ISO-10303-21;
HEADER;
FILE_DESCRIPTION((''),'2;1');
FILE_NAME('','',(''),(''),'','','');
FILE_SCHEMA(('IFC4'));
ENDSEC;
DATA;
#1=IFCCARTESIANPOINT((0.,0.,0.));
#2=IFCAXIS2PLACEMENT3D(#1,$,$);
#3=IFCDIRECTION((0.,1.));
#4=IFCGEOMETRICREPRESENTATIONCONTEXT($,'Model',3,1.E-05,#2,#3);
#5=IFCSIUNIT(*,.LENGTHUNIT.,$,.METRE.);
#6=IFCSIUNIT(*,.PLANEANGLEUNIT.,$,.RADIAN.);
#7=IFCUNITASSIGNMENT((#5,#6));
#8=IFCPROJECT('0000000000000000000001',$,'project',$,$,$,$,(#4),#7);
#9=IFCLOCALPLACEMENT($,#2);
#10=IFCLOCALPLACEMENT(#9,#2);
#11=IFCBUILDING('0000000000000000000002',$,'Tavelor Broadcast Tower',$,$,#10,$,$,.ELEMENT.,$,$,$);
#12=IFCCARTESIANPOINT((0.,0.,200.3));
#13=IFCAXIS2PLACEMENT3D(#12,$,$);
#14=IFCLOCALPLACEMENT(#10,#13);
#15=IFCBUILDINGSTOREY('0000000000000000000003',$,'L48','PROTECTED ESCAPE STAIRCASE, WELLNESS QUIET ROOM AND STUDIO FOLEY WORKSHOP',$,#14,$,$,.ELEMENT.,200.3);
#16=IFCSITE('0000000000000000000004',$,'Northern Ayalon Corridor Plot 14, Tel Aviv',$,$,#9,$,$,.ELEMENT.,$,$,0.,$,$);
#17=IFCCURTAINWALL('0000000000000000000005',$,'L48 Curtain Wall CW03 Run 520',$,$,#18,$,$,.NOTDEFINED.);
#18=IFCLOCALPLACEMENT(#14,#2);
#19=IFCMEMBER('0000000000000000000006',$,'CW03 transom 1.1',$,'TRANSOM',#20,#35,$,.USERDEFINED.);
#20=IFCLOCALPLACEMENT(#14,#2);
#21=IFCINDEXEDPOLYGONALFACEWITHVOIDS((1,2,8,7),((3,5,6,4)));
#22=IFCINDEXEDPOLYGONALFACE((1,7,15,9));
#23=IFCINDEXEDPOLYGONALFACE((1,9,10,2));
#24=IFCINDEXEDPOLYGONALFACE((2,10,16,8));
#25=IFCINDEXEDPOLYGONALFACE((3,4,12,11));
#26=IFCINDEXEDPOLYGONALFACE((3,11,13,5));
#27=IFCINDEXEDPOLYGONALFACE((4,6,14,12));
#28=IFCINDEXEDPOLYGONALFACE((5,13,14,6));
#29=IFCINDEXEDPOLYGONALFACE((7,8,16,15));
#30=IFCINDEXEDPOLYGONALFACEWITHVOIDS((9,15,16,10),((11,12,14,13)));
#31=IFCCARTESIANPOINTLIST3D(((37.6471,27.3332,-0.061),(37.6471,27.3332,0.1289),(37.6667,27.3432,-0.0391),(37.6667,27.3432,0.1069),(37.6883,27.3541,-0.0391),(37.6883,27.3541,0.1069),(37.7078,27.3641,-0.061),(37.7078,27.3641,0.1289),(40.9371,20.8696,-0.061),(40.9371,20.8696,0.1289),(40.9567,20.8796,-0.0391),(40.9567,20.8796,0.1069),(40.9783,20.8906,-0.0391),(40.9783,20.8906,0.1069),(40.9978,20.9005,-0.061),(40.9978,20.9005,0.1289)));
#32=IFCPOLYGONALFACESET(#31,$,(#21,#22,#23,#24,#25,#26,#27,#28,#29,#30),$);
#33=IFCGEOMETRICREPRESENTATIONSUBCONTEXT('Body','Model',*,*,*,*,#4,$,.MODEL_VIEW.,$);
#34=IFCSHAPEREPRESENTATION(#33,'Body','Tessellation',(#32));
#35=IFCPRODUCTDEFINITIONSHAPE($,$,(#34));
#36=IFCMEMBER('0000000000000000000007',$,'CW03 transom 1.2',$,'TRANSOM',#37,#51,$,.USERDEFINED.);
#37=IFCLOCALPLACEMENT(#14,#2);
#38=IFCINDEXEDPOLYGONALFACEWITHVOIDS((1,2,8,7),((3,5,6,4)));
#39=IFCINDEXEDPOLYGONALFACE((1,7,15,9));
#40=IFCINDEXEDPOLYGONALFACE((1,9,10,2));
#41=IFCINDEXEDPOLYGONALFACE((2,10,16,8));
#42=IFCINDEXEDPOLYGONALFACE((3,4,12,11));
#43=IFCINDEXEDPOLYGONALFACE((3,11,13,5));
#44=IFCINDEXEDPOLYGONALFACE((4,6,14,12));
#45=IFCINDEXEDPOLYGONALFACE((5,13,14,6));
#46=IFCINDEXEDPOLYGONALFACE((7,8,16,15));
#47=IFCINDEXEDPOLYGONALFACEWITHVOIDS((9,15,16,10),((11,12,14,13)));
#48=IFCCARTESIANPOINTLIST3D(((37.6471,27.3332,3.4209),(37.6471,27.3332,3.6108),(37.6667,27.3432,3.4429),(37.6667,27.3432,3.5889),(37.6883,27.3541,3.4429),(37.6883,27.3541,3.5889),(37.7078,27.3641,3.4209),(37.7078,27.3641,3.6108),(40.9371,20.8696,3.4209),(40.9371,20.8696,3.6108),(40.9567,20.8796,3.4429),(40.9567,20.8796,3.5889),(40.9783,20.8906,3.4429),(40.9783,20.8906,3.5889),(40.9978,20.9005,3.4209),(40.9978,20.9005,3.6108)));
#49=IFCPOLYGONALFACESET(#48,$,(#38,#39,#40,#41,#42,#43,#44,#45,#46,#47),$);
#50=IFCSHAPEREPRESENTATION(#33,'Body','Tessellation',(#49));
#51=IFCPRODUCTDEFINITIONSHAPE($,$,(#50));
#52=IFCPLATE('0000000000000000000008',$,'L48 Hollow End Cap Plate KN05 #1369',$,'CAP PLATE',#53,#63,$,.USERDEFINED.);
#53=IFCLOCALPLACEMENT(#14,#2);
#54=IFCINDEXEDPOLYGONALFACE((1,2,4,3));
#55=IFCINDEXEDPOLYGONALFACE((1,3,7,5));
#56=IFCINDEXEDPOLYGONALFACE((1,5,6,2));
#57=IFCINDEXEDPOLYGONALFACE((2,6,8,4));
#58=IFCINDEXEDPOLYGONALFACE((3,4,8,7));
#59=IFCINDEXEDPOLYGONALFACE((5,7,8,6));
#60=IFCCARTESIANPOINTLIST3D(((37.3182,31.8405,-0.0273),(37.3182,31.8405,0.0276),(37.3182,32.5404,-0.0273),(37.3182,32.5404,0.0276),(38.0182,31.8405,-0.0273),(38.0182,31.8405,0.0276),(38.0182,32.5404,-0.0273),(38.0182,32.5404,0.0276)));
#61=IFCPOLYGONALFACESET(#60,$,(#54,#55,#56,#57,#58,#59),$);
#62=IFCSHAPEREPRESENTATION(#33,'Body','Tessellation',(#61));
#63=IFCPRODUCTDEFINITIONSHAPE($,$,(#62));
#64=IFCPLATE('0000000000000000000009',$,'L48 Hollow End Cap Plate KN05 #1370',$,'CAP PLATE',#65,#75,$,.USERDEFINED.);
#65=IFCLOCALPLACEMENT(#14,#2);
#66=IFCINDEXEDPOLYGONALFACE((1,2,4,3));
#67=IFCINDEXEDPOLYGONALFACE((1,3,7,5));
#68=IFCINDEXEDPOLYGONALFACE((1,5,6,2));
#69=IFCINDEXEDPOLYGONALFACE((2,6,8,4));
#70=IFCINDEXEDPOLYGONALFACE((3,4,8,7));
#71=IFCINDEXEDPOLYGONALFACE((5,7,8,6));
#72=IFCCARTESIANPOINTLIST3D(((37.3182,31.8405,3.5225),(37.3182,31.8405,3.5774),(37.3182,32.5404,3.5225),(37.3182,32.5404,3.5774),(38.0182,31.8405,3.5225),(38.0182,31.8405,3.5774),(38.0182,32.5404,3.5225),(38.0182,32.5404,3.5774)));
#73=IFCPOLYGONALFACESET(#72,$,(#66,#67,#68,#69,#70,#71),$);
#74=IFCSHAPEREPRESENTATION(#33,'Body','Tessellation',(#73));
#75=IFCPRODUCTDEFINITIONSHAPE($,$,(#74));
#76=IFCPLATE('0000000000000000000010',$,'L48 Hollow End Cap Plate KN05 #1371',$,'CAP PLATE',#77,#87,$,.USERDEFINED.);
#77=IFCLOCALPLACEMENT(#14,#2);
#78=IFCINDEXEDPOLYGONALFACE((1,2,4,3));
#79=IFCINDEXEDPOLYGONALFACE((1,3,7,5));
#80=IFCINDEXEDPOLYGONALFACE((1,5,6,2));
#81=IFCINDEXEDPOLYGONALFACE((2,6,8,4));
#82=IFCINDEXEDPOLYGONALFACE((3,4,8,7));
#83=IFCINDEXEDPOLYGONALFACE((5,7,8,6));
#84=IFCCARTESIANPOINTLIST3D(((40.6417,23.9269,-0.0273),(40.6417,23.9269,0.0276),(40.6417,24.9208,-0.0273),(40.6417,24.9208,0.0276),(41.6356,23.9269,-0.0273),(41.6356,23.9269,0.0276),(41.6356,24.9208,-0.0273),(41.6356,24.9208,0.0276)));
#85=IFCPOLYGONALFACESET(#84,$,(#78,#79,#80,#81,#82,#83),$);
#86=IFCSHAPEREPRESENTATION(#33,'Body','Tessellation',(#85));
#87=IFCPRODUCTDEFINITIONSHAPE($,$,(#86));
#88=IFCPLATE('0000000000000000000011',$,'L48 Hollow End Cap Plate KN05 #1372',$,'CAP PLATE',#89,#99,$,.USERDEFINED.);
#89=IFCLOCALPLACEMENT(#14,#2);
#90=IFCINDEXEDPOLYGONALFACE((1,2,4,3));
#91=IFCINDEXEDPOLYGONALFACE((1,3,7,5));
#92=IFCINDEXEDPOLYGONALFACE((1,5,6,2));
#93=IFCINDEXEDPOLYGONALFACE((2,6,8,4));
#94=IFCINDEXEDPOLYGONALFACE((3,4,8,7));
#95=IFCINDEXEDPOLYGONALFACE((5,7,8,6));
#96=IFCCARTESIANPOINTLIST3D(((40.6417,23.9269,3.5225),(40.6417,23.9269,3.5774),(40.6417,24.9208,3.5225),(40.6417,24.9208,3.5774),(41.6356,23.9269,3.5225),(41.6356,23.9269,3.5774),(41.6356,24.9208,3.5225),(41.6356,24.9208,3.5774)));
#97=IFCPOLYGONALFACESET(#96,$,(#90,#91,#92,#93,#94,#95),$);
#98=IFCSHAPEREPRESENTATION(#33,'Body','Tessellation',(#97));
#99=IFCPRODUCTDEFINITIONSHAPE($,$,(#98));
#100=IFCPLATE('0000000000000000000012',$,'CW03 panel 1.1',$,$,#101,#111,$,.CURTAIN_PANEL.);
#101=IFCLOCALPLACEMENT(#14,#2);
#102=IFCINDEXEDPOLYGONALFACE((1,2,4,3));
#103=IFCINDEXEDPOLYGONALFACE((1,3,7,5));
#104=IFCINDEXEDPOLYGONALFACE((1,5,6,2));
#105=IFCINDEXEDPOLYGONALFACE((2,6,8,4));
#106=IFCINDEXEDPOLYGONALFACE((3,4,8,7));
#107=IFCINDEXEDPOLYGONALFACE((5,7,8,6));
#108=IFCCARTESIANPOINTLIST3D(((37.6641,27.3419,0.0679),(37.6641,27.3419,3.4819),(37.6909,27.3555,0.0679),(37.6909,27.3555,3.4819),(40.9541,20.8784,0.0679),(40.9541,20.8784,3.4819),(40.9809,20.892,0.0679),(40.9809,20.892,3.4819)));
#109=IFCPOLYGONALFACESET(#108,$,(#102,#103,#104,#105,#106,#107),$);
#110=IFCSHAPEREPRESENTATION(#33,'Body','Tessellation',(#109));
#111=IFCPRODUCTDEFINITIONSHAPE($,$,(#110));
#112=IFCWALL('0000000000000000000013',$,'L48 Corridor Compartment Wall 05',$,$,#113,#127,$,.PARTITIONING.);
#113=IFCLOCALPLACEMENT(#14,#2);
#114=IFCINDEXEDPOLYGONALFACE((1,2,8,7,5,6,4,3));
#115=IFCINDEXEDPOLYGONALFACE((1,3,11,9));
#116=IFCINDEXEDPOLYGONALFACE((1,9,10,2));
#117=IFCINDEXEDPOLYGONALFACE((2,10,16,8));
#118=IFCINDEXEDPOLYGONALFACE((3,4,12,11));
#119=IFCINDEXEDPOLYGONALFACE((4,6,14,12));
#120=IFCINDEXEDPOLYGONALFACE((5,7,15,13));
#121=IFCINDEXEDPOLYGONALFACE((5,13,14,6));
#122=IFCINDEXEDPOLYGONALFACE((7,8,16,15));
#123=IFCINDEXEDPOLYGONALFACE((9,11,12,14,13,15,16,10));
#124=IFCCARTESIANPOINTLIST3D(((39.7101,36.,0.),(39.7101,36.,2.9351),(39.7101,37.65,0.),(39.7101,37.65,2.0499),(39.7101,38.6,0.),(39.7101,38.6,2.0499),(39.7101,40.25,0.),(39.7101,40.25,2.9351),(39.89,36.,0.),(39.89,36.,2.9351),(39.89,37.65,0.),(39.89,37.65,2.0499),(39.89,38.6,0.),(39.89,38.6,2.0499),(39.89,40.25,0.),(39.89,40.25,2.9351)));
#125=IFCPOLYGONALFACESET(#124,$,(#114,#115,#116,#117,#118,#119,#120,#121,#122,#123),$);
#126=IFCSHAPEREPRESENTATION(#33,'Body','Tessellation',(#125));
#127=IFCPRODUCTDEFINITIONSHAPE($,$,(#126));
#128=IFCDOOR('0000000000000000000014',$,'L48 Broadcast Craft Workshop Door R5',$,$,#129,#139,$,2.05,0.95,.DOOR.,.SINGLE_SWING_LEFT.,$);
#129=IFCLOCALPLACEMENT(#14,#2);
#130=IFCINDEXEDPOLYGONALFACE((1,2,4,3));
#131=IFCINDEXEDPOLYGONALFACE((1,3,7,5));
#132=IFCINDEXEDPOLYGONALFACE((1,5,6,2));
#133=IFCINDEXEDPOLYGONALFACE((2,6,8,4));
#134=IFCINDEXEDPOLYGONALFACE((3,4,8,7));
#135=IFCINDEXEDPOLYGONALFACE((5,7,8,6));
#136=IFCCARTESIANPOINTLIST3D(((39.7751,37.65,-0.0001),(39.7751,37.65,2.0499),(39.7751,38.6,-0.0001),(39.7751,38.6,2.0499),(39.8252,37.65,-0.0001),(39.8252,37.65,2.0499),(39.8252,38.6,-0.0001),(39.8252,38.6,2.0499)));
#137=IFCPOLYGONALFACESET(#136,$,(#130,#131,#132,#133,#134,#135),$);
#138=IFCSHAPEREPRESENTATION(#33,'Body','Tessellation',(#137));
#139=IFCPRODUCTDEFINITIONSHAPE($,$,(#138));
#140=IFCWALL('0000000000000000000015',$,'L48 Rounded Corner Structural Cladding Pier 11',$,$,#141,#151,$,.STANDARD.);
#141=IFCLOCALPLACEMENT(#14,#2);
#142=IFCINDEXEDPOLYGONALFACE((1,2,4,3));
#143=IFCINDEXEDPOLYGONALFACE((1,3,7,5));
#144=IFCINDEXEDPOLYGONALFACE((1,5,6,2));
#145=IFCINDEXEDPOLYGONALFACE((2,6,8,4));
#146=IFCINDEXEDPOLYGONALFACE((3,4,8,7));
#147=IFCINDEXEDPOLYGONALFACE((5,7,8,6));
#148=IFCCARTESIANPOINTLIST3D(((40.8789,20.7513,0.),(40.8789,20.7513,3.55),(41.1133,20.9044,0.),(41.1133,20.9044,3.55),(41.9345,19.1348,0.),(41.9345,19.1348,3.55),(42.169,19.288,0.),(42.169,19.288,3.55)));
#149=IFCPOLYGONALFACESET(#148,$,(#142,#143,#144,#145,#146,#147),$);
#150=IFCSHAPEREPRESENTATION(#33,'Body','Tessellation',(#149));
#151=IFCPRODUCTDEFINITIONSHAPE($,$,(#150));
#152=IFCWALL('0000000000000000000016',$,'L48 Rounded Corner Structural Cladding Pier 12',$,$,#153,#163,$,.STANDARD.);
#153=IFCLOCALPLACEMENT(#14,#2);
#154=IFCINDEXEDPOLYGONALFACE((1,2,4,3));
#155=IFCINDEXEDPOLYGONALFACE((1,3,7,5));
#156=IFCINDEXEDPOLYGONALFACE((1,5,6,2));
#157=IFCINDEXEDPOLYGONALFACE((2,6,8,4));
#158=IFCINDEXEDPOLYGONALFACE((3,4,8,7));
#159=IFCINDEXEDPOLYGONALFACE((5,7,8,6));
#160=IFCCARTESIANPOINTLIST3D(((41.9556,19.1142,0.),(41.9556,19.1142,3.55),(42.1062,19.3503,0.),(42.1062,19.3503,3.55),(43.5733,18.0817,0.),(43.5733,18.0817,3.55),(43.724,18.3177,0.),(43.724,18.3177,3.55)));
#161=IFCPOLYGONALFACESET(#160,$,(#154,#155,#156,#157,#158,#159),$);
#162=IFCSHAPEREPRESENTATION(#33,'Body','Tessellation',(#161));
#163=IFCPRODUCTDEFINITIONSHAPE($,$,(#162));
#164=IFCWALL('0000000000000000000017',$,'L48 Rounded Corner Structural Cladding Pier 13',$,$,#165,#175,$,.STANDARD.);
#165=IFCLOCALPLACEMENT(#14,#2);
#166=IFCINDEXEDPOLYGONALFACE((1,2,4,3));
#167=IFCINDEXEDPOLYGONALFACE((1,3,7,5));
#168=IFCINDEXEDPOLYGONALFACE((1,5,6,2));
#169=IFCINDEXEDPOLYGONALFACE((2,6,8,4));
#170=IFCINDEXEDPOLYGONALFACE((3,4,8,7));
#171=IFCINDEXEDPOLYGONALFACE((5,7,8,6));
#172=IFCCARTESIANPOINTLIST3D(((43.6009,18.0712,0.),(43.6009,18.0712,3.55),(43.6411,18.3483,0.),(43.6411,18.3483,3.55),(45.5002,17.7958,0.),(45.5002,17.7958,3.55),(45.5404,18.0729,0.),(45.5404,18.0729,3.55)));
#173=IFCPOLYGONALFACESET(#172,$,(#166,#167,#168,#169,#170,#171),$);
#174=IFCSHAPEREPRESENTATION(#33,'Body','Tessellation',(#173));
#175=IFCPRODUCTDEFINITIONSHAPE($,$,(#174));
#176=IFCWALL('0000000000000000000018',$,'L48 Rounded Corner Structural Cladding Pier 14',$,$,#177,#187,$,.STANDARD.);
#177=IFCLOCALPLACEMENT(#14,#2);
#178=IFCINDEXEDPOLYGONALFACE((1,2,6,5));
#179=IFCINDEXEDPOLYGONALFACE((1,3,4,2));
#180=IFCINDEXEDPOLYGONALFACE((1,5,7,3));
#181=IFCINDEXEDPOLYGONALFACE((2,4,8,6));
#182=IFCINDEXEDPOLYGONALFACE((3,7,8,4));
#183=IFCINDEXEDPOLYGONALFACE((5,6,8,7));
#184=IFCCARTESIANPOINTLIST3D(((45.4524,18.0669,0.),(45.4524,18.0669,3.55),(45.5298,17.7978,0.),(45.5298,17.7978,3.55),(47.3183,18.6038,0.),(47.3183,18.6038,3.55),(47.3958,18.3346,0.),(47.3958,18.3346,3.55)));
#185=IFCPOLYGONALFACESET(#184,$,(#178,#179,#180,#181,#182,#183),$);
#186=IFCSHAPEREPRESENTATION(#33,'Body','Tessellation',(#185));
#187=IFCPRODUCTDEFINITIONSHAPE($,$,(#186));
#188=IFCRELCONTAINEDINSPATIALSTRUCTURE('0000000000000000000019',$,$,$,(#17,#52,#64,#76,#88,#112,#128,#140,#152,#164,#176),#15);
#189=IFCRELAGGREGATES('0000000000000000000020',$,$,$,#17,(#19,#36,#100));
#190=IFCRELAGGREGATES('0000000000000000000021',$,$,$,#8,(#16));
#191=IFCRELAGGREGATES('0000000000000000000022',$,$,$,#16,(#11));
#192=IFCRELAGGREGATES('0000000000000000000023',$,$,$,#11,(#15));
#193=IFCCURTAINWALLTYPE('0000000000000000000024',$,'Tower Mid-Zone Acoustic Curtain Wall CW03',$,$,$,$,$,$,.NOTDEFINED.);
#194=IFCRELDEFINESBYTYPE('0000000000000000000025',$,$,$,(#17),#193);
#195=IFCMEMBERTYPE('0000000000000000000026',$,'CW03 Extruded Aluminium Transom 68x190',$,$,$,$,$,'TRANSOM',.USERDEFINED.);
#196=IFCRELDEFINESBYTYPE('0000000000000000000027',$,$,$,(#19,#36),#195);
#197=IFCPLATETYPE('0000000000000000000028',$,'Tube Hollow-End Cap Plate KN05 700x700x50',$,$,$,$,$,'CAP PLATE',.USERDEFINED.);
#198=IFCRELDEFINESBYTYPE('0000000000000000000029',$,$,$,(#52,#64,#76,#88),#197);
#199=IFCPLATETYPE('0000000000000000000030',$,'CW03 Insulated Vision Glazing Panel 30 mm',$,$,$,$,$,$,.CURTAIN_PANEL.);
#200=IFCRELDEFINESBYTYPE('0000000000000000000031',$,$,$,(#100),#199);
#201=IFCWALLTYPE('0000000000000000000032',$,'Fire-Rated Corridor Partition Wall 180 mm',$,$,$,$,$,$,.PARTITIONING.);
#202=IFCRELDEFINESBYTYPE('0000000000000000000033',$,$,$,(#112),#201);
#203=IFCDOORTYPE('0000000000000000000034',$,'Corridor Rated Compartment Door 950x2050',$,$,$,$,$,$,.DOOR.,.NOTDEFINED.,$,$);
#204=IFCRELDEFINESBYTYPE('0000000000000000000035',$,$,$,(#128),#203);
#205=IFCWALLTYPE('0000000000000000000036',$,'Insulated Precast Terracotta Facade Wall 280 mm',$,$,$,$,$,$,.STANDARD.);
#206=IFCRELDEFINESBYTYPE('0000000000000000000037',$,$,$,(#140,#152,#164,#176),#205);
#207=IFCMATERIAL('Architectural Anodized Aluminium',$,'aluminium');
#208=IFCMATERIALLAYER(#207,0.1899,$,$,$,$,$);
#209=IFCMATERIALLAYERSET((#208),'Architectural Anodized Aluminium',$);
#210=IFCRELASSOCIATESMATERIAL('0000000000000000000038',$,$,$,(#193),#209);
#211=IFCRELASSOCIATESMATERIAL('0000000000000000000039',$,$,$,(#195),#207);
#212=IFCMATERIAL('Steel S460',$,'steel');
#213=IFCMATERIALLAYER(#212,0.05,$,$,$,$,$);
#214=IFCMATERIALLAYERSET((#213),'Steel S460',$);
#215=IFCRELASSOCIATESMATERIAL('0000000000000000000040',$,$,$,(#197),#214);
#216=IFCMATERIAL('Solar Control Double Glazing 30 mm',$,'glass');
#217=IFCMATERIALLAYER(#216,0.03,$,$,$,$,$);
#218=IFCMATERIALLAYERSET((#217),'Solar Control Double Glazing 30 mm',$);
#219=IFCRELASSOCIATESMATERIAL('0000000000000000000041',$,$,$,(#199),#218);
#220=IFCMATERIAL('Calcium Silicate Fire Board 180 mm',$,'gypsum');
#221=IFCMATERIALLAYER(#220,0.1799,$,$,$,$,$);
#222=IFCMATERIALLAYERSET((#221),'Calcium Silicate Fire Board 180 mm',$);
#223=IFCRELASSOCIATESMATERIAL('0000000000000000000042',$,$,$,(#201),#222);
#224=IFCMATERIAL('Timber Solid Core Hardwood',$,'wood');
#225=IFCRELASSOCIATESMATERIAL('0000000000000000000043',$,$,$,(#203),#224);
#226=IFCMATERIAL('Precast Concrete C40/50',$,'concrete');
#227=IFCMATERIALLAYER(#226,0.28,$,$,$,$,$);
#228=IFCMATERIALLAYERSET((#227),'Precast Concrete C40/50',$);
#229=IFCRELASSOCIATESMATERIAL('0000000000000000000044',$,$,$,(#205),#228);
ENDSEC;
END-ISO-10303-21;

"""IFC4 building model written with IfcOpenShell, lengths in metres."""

from ifc_helpers import new_model, si_unit, direction, frame, frame_2d, origin, origin_2d, place, context, subcontext, project, spatial, rectangle, hollow_rectangle, extrude, source, transform, mapped, material, layer, layer_set, material_profile, profile_set, type_object, type_shapes, element, fill, aggregate, save


model = new_model("IFC4")

# Units and contexts
model_context = context("Model", 3, precision=1e-05, world=origin(), true_north=direction((0.0, 1.0)))
body_context = subcontext(model_context, "Body", "Model", "MODEL_VIEW")
ifc_project = project(units=[si_unit("LENGTHUNIT", "METRE"), si_unit("PLANEANGLEUNIT", "RADIAN")], contexts=[model_context])

# Site, building, storey
site_placement = place(None, origin())
site = spatial("IfcSite", under=ifc_project, at=site_placement, Name="Northern Ayalon Corridor Plot 14, Tel Aviv", CompositionType="ELEMENT", RefElevation=0.0)
building_placement = place(site_placement, origin())
building = spatial("IfcBuilding", under=site, at=building_placement, Name="Tavelor Broadcast Tower", CompositionType="ELEMENT")
storey_placement = place(building_placement, frame((0.0, 0.0, 200.3)))
storey = spatial("IfcBuildingStorey", under=building, at=storey_placement, Name="L48", Description="PROTECTED ESCAPE STAIRCASE, WELLNESS QUIET ROOM AND STUDIO FOLEY WORKSHOP", CompositionType="ELEMENT", Elevation=200.3)

# Shared definitions
ifc_material_1 = material(Name="Steel S460", Category="steel")

# Curtain wall, members
ifc_material_2 = material(Name="Architectural Anodized Aluminium", Category="aluminium")
ifc_layer_1 = layer(ifc_material_2, 0.1899)
ifc_layer_set_1 = layer_set([ifc_layer_1], Name="Architectural Anodized Aluminium")
curtain_wall_type = type_object("IfcCurtainWallType", Name="Tower Mid-Zone Acoustic Curtain Wall CW03", PredefinedType="NOTDEFINED", material=ifc_layer_set_1)
curtain_wall_placement = place(storey_placement, origin())
curtain_wall = element("IfcCurtainWall", 1, at=curtain_wall_placement, inside=storey, type_object=curtain_wall_type, Name="L48 Curtain Wall CW03 Run 520", PredefinedType="NOTDEFINED")
ifc_material_profile_1 = material_profile(ifc_material_2, hollow_rectangle(XDim=0.0681, YDim=0.1899, WallThickness=0.022, at=origin_2d()), Name="RHS 68x190x22")
ifc_profile_set_1 = profile_set([ifc_material_profile_1], Name="Architectural Anodized Aluminium")
member_type_1 = type_object("IfcMemberType", Name="CW03 Extruded Aluminium Transom 68x190", ElementType="TRANSOM", PredefinedType="USERDEFINED", material=ifc_profile_set_1)
shared_shape_1 = source(origin(), body_context, "Body", "SweptSolid", [
    extrude(hollow_rectangle(XDim=0.0681, YDim=0.1899, WallThickness=0.022, at=origin_2d()), origin(), (0.0, 0.0, 1.0), 7.2527),
])
type_shapes(member_type_1, [shared_shape_1])
member_1_placement = place(storey_placement, frame((37.6775, 27.3486, 0.0339), z_axis=(0.453625, -0.891193, 0.0), x_axis=(0.891193, 0.453625, 0.0)))
member_1 = element("IfcMember", 2, at=member_1_placement, type_object=member_type_1, Name="CW03 transom 1.1", ObjectType="TRANSOM", PredefinedType="USERDEFINED", context=body_context, shape_type="MappedRepresentation", body=[
    mapped(shared_shape_1, transform((0.0, 0.0, 0.0), scale=1.0)),
])
member_2_placement = place(storey_placement, frame((37.6775, 27.3486, 3.5159), z_axis=(0.453625, -0.891193, 0.0), x_axis=(0.891193, 0.453625, 0.0)))
member_2 = element("IfcMember", 3, at=member_2_placement, type_object=member_type_1, Name="CW03 transom 1.2", ObjectType="TRANSOM", PredefinedType="USERDEFINED", context=body_context, shape_type="MappedRepresentation", body=[
    mapped(shared_shape_1, transform((0.0, 0.0, 0.0), scale=1.0)),
])

# Plates
ifc_layer_2 = layer(ifc_material_1, 0.05)
ifc_layer_set_2 = layer_set([ifc_layer_2], Name="Steel S460")
plate_type_1 = type_object("IfcPlateType", Name="Tube Hollow-End Cap Plate KN05 700x700x50", ElementType="CAP PLATE", PredefinedType="USERDEFINED", material=ifc_layer_set_2)
shared_shape_2 = source(origin(), body_context, "Body", "SweptSolid", [
    extrude(rectangle(XDim=0.7, YDim=0.7, at=origin_2d()), origin(), (0.0, 0.0, 1.0), 0.0549),
])
for number, where, z_axis, x_axis, name in (
    (4, (37.6682, 32.1904, -0.0273), (0.0, 0.0, 1.0), (1.0, 0.0, 0.0), "L48 Hollow End Cap Plate KN05 #1369"),
    (5, (37.6682, 32.1904, 3.5225), (0.0, 0.0, 1.0), (1.0, 0.0, 0.0), "L48 Hollow End Cap Plate KN05 #1370"),
):
    element("IfcPlate", number, at=place(storey_placement, frame(where, z_axis=z_axis, x_axis=x_axis)), inside=storey, type_object=plate_type_1, Name=name, ObjectType="CAP PLATE", PredefinedType="USERDEFINED", context=body_context, shape_type="MappedRepresentation", body=[
        mapped(shared_shape_2, transform((0.0, 0.0, 0.0), scale=1.0)),
    ])
shared_shape_3 = source(origin(), body_context, "Body", "SweptSolid", [
    extrude(rectangle(XDim=0.9939, YDim=0.9939, at=origin_2d()), origin(), (0.0, 0.0, 1.0), 0.0549),
])
type_shapes(plate_type_1, [shared_shape_2, shared_shape_3])
for number, where, z_axis, x_axis, name in (
    (6, (41.1387, 24.4238, -0.0273), (0.0, 0.0, 1.0), (1.0, 0.0, 0.0), "L48 Hollow End Cap Plate KN05 #1371"),
    (7, (41.1387, 24.4238, 3.5225), (0.0, 0.0, 1.0), (1.0, 0.0, 0.0), "L48 Hollow End Cap Plate KN05 #1372"),
):
    element("IfcPlate", number, at=place(storey_placement, frame(where, z_axis=z_axis, x_axis=x_axis)), inside=storey, type_object=plate_type_1, Name=name, ObjectType="CAP PLATE", PredefinedType="USERDEFINED", context=body_context, shape_type="MappedRepresentation", body=[
        mapped(shared_shape_3, transform((0.0, 0.0, 0.0), scale=1.0)),
    ])

# Plate
ifc_material_3 = material(Name="Solar Control Double Glazing 30 mm", Category="glass")
ifc_layer_3 = layer(ifc_material_3, 0.03)
ifc_layer_set_3 = layer_set([ifc_layer_3], Name="Solar Control Double Glazing 30 mm")
plate_type_2 = type_object("IfcPlateType", Name="CW03 Insulated Vision Glazing Panel 30 mm", PredefinedType="CURTAIN_PANEL", material=ifc_layer_set_3)
shared_shape_4 = source(origin(), body_context, "Body", "SweptSolid", [
    extrude(rectangle(XDim=7.2527, YDim=0.03, at=origin_2d()), origin(), (0.0, 0.0, 1.0), 3.4141),
])
type_shapes(plate_type_2, [shared_shape_4])
plate_placement = place(storey_placement, frame((39.3225, 24.1169, 0.0679), z_axis=(0.0, 0.0, 1.0), x_axis=(0.453623, -0.891194, 0.0)))
plate = element("IfcPlate", 8, at=plate_placement, type_object=plate_type_2, Name="CW03 panel 1.1", PredefinedType="CURTAIN_PANEL", context=body_context, shape_type="MappedRepresentation", body=[
    mapped(shared_shape_4, transform((0.0, 0.0, 0.0), scale=1.0)),
])
aggregate(curtain_wall, [member_1, member_2, plate])

# Wall, opening, door
ifc_material_4 = material(Name="Calcium Silicate Fire Board 180 mm", Category="gypsum")
ifc_layer_4 = layer(ifc_material_4, 0.1799)
ifc_layer_set_4 = layer_set([ifc_layer_4], Name="Calcium Silicate Fire Board 180 mm")
wall_type_1 = type_object("IfcWallType", Name="Fire-Rated Corridor Partition Wall 180 mm", PredefinedType="PARTITIONING", material=ifc_layer_set_4)
wall_1_placement = place(storey_placement, frame((39.8, 36.0, 0.0), z_axis=(0.0, 0.0, 1.0), x_axis=(0.0, 1.0, 0.0)))
wall_1 = element("IfcWall", 9, at=wall_1_placement, inside=storey, type_object=wall_type_1, Name="L48 Corridor Compartment Wall 05", PredefinedType="PARTITIONING", context=body_context, shape_type="SweptSolid", body=[
    extrude(rectangle(XDim=4.25, YDim=0.1799, at=frame_2d((2.125, 0.0))), origin(), (0.0, 0.0, 1.0), 2.9351),
])
opening_placement = place(wall_1_placement, frame((1.6499, 0.0, 0.0)))
opening = element("IfcOpeningElement", 10, at=opening_placement, cuts=wall_1, PredefinedType="OPENING", context=body_context, shape_type="SweptSolid", body=[
    extrude(rectangle(XDim=0.95, YDim=2.05, at=frame_2d((0.4751, 1.0249))), frame((0.0, 0.1001, 0.0), z_axis=(0.0, -1.0, 0.0), x_axis=(1.0, 0.0, 0.0)), (0.0, 0.0, 1.0), 0.2),
])
ifc_material_5 = material(Name="Timber Solid Core Hardwood", Category="wood")
door_type = type_object("IfcDoorType", Name="Corridor Rated Compartment Door 950x2050", OperationType="NOTDEFINED", PredefinedType="DOOR", material=ifc_material_5)
door_placement = place(opening_placement, origin())
door = element("IfcDoor", 11, at=door_placement, inside=storey, type_object=door_type, Name="L48 Broadcast Craft Workshop Door R5", OperationType="SINGLE_SWING_LEFT", OverallHeight=2.05, OverallWidth=0.95, PredefinedType="DOOR", context=body_context, shape_type="SweptSolid", body=[
    extrude(rectangle(XDim=0.95, YDim=2.05, at=frame_2d((0.4751, 1.0249))), frame((0.0, 0.0249, 0.0), z_axis=(0.0, -1.0, 0.0), x_axis=(1.0, 0.0, 0.0)), (0.0, 0.0, 1.0), 0.05),
])
fill(opening, door)

# Walls
ifc_material_6 = material(Name="Precast Concrete C40/50", Category="concrete")
ifc_layer_5 = layer(ifc_material_6, 0.28)
ifc_layer_set_5 = layer_set([ifc_layer_5], Name="Precast Concrete C40/50")
wall_type_2 = type_object("IfcWallType", Name="Insulated Precast Terracotta Facade Wall 280 mm", PredefinedType="STANDARD", material=ifc_layer_set_5)
wall_2_placement = place(storey_placement, frame((40.9961, 20.8279, 0.0), z_axis=(0.0, 0.0, 1.0), x_axis=(0.546796, -0.837266, 0.0)))
element("IfcWall", 12, at=wall_2_placement, inside=storey, type_object=wall_type_2, Name="L48 Rounded Corner Structural Cladding Pier 11", PredefinedType="STANDARD", context=body_context, shape_type="SweptSolid", body=[
    extrude(rectangle(XDim=1.9307, YDim=0.28, at=frame_2d((0.9653, 0.0))), origin(), (0.0, 0.0, 1.0), 3.55),
])
for number, where, z_axis, x_axis, name in (
    (13, (42.031, 19.2322, 0.0), (0.0, 0.0, 1.0), (0.842943, -0.538003, 0.0), "L48 Rounded Corner Structural Cladding Pier 12"),
    (14, (43.6211, 18.2097, 0.0), (0.0, 0.0, 1.0), (0.989652, -0.143487, 0.0), "L48 Rounded Corner Structural Cladding Pier 13"),
):
    element("IfcWall", number, at=place(storey_placement, frame(where, z_axis=z_axis, x_axis=x_axis)), inside=storey, type_object=wall_type_2, Name=name, PredefinedType="STANDARD", context=body_context, shape_type="SweptSolid", body=[
        extrude(rectangle(XDim=1.9192, YDim=0.28, at=frame_2d((0.9595, 0.0))), origin(), (0.0, 0.0, 1.0), 3.55),
    ])
wall_3_placement = place(storey_placement, frame((45.4912, 17.9324, 0.0), z_axis=(0.0, 0.0, 1.0), x_axis=(0.961015, 0.276498, 0.0)))
element("IfcWall", 15, at=wall_3_placement, inside=storey, type_object=wall_type_2, Name="L48 Rounded Corner Structural Cladding Pier 14", PredefinedType="STANDARD", context=body_context, shape_type="SweptSolid", body=[
    extrude(rectangle(XDim=1.9417, YDim=0.28, at=frame_2d((0.9707, 0.0))), origin(), (0.0, 0.0, 1.0), 3.55),
])

save(model, "model.ifc")
